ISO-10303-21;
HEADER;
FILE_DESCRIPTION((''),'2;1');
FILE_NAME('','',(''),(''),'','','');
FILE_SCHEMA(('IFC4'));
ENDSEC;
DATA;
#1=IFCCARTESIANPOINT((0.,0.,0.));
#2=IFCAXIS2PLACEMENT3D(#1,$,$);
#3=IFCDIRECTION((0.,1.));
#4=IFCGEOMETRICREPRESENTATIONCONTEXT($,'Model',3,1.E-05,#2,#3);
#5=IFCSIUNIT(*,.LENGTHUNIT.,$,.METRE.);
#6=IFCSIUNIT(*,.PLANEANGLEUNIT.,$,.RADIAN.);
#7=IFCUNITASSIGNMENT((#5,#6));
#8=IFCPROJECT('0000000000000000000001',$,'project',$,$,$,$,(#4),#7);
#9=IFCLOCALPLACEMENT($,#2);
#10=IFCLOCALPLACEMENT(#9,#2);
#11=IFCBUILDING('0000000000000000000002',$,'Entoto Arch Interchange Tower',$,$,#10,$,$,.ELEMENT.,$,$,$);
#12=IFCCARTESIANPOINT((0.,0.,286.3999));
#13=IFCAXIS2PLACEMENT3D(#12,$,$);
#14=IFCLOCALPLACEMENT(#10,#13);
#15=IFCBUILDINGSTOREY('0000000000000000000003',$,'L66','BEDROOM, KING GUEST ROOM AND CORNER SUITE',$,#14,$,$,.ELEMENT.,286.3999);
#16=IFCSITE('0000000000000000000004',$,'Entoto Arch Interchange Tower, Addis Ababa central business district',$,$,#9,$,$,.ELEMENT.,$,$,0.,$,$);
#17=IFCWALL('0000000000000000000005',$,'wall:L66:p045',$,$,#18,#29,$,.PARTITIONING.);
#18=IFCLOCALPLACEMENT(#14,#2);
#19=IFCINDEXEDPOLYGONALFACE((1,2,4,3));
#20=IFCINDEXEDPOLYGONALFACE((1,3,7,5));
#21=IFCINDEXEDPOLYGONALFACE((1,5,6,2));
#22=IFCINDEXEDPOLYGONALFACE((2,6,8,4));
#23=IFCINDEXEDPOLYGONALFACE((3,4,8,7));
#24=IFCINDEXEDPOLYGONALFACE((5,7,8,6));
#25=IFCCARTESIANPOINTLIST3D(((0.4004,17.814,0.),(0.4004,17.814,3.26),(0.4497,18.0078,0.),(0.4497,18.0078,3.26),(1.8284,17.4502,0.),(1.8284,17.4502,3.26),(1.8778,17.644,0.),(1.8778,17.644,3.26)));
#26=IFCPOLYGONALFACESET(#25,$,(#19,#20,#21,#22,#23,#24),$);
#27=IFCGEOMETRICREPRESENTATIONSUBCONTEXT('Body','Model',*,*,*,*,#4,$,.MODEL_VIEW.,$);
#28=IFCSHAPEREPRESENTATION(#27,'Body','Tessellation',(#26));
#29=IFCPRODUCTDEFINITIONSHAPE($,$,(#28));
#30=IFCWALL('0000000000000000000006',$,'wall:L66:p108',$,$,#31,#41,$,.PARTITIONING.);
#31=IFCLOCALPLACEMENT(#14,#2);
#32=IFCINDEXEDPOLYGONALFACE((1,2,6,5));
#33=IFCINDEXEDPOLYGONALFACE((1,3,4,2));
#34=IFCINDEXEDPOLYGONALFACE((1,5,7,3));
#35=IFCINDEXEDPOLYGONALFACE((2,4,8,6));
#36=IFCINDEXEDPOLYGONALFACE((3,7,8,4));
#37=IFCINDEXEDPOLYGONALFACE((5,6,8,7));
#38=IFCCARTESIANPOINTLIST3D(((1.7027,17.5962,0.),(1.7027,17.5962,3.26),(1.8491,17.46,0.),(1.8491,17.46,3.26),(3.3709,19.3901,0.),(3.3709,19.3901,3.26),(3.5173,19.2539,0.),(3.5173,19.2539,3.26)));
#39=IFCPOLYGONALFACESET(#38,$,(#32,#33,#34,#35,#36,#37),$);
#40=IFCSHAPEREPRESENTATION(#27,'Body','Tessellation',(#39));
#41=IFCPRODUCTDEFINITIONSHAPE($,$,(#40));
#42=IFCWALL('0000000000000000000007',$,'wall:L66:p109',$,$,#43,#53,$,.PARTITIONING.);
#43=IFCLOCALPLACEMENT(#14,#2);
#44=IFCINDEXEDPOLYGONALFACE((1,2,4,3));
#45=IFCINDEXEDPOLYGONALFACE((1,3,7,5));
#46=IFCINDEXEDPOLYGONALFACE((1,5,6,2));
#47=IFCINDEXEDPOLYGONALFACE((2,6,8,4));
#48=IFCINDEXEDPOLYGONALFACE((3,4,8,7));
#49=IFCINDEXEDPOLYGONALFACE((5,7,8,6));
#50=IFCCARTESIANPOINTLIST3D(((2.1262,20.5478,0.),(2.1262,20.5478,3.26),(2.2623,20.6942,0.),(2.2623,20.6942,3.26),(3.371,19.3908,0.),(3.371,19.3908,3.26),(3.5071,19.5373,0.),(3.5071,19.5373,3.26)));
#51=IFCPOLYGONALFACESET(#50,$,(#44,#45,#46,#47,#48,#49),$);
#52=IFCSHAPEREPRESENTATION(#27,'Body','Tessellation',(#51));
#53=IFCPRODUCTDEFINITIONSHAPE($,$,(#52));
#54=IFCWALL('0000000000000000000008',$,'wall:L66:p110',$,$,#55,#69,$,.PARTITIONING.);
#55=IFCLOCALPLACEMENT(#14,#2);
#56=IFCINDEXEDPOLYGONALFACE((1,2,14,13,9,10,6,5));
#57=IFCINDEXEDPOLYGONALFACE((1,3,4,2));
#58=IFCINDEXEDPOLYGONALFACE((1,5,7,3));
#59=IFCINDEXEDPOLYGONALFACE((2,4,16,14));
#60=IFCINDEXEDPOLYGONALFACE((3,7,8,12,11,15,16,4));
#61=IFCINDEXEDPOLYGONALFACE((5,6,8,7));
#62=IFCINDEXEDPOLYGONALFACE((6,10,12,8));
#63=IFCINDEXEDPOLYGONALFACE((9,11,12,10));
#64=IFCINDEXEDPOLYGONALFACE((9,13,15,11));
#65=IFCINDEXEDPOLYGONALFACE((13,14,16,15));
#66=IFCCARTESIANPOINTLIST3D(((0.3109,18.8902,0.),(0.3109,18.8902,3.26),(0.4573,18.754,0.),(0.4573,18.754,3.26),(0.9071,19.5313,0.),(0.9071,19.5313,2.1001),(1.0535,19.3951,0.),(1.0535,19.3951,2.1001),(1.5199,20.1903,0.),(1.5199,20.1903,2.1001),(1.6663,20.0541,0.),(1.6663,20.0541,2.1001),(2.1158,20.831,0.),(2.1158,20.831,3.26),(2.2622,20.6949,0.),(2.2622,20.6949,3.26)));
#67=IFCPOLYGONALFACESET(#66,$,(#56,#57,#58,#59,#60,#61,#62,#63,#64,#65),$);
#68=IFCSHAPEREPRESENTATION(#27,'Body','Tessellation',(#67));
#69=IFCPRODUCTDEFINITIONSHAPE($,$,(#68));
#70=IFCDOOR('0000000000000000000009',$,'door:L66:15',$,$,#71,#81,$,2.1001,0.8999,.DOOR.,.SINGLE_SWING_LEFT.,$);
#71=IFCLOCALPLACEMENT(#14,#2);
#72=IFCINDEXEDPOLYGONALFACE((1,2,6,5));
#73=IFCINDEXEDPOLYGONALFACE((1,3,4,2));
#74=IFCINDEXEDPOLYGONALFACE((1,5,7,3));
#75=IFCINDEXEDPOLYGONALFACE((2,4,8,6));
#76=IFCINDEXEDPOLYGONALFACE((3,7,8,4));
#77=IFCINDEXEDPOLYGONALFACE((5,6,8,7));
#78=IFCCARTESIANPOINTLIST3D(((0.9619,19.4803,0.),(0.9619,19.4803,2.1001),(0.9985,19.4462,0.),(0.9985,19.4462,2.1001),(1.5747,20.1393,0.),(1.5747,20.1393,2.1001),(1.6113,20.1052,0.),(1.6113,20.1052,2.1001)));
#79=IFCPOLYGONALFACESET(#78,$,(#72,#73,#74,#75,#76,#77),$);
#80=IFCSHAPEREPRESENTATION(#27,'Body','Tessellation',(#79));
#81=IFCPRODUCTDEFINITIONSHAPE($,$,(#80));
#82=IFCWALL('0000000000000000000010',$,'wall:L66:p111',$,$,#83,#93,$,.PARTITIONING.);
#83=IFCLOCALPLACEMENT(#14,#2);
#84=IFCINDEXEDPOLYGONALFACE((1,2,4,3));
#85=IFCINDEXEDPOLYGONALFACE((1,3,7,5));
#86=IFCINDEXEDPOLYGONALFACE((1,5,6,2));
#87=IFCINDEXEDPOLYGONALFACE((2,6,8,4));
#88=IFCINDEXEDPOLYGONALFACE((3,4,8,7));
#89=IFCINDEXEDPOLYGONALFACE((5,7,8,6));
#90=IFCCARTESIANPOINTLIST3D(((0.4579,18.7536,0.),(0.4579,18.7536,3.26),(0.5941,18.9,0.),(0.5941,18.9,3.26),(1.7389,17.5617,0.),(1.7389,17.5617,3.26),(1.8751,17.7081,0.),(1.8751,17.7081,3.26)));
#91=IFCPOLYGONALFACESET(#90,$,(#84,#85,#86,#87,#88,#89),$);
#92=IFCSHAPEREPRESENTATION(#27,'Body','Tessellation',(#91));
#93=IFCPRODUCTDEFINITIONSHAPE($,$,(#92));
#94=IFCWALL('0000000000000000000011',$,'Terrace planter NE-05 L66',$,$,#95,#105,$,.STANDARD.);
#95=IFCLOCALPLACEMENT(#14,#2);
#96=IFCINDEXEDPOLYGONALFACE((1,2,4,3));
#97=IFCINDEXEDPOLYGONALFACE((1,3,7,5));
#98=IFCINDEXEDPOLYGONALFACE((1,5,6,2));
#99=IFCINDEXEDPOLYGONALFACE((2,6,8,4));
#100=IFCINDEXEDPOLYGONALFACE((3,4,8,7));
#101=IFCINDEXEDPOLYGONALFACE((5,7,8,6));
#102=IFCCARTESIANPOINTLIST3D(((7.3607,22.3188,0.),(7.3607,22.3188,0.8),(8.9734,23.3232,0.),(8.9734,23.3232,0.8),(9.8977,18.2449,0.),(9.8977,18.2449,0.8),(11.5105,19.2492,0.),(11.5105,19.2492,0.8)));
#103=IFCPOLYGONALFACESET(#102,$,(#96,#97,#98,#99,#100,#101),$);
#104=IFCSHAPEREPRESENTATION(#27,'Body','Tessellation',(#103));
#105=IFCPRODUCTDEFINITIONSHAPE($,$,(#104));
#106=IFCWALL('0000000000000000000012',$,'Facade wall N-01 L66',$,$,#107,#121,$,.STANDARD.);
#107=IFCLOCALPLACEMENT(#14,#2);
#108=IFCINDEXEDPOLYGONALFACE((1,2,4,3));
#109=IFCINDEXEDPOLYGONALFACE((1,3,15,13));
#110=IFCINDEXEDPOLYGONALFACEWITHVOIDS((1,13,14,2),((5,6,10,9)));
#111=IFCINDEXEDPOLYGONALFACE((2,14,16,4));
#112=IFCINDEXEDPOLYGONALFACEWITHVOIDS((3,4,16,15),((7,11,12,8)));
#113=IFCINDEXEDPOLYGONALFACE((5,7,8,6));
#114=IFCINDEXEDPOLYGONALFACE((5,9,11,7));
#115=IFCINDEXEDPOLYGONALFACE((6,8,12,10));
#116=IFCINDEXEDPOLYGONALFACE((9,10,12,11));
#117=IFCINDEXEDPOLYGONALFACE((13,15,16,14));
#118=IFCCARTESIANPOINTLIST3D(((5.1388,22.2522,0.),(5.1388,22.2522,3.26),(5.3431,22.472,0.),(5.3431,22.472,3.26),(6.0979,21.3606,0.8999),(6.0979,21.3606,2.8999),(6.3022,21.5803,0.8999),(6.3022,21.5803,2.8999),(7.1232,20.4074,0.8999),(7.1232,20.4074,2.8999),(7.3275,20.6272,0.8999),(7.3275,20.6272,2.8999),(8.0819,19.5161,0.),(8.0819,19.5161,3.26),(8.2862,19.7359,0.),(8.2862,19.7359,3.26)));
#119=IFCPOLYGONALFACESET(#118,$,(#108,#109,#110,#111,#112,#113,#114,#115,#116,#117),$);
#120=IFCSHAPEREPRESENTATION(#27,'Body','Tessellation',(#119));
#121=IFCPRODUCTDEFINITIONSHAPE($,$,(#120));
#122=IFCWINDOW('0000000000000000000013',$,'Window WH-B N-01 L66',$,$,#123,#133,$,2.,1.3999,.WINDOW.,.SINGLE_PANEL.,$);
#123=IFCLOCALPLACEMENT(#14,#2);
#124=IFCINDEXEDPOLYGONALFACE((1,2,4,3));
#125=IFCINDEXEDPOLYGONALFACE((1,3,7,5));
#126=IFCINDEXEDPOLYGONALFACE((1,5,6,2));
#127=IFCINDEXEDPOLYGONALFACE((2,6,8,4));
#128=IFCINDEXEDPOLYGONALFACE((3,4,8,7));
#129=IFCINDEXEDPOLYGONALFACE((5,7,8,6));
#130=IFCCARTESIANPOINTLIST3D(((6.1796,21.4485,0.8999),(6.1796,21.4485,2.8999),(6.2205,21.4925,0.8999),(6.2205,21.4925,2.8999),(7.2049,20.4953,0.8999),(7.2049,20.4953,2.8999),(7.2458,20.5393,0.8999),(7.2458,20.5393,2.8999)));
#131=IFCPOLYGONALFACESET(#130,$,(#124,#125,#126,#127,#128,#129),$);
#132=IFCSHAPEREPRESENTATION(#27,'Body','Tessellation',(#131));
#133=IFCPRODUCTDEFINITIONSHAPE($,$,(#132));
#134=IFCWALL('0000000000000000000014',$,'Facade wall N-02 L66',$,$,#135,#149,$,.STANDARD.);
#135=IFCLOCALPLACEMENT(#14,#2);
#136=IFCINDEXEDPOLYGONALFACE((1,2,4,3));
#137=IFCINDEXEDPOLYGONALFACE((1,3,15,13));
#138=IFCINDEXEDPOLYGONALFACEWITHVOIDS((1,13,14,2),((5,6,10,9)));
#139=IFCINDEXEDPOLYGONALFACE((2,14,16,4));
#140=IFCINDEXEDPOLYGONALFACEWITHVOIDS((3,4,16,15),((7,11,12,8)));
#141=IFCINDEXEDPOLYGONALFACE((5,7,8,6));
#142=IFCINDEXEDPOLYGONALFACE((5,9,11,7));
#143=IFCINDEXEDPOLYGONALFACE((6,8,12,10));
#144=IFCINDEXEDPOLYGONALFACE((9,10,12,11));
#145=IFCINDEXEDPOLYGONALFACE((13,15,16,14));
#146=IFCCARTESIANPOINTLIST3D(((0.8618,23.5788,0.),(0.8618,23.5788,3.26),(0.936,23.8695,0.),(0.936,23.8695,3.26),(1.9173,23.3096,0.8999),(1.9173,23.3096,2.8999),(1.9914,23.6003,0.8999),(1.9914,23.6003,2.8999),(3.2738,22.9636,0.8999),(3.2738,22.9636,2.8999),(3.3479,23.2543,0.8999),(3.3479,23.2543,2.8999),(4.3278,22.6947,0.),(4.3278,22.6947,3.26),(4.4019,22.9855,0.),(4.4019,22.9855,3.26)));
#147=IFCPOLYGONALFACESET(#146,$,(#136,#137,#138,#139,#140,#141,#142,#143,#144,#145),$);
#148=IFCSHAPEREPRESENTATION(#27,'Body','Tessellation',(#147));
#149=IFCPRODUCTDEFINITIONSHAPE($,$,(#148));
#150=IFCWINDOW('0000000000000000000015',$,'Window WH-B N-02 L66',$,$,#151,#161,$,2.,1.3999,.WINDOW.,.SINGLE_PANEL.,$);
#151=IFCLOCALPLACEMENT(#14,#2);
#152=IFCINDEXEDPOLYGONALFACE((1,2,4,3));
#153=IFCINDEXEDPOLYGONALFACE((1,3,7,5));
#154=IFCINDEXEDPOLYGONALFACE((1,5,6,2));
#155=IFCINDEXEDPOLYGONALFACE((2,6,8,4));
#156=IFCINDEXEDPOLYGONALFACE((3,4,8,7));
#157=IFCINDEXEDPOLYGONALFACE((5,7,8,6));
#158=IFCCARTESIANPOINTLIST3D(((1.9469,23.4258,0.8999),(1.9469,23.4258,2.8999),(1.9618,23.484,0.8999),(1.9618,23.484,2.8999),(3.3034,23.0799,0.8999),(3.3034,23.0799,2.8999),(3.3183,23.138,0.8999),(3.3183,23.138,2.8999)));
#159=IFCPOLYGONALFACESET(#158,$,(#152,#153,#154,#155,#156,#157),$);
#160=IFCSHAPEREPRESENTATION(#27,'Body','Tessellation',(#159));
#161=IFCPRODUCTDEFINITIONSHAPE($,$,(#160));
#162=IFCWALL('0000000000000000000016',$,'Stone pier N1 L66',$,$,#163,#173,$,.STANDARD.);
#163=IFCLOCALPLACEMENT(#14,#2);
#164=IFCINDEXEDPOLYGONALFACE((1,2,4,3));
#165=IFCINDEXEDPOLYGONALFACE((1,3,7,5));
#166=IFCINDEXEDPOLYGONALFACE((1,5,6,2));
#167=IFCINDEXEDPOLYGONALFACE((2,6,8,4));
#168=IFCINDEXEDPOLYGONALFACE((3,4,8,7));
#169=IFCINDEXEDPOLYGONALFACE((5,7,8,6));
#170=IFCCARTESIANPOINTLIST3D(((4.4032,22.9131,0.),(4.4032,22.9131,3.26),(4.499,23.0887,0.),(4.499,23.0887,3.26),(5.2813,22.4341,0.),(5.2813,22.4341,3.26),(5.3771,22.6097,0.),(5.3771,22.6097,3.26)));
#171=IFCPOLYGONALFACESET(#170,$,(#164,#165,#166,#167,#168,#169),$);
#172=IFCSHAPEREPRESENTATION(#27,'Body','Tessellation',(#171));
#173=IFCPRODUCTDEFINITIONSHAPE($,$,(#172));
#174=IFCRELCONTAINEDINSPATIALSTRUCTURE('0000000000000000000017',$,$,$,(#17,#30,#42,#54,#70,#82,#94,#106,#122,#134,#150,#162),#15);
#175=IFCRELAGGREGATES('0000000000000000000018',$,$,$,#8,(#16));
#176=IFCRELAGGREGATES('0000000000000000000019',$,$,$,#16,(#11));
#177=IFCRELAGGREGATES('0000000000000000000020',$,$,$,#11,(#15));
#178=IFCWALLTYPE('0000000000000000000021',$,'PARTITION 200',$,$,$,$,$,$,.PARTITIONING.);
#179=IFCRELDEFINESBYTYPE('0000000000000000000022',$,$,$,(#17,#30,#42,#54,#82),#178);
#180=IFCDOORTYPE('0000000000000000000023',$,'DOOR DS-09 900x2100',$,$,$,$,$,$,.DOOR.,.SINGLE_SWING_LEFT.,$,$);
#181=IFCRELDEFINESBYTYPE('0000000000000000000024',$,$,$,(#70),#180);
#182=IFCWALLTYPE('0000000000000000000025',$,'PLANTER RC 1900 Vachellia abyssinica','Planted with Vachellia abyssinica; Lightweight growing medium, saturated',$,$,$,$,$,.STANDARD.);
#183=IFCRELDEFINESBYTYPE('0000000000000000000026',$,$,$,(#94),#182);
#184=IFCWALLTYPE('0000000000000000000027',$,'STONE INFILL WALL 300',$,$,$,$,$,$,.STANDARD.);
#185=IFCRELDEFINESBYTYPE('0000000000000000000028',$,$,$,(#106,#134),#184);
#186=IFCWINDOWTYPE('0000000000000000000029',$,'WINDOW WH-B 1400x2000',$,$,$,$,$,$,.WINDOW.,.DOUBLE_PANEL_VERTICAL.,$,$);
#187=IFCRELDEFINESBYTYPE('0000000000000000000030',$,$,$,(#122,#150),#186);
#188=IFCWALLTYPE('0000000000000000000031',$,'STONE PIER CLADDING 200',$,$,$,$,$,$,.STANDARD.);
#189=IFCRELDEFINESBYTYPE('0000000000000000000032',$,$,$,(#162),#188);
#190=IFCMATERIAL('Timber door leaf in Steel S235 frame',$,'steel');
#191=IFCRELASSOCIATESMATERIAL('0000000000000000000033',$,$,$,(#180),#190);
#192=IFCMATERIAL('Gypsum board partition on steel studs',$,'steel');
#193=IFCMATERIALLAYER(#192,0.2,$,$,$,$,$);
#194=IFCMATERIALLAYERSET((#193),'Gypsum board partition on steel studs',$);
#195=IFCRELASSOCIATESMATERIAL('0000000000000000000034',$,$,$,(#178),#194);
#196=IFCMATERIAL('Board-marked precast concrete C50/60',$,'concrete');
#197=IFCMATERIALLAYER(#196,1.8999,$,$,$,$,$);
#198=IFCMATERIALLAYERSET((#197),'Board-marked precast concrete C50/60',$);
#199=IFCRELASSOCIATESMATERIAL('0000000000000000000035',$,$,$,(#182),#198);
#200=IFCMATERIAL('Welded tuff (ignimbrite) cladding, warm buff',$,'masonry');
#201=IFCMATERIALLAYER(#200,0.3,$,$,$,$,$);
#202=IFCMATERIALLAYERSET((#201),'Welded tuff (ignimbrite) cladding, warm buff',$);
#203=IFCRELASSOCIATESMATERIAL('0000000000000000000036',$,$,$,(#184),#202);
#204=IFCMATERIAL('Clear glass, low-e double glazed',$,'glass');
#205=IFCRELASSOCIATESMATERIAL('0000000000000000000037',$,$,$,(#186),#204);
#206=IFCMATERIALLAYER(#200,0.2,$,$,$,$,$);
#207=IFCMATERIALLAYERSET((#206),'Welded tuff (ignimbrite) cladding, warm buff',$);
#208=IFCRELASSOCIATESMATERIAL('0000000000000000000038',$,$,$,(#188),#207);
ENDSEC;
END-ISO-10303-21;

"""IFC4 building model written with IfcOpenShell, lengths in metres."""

from ifc_helpers import new_model, si_unit, direction, frame, frame_2d, origin, place, context, subcontext, project, spatial, rectangle, extrude, material, layer, layer_set, type_object, element, fill, save


model = new_model("IFC4")

# Units and contexts
model_context = context("Model", 3, precision=1e-05, world=origin(), true_north=direction((0.0, 1.0)))
body_context = subcontext(model_context, "Body", "Model", "MODEL_VIEW")
ifc_project = project(units=[si_unit("LENGTHUNIT", "METRE"), si_unit("PLANEANGLEUNIT", "RADIAN")], contexts=[model_context])

# Site, building, storey
site_placement = place(None, origin())
site = spatial("IfcSite", under=ifc_project, at=site_placement, Name="Entoto Arch Interchange Tower, Addis Ababa central business district", CompositionType="ELEMENT", RefElevation=0.0)
building_placement = place(site_placement, origin())
building = spatial("IfcBuilding", under=site, at=building_placement, Name="Entoto Arch Interchange Tower", CompositionType="ELEMENT")
storey_placement = place(building_placement, frame((0.0, 0.0, 286.3999)))
storey = spatial("IfcBuildingStorey", under=building, at=storey_placement, Name="L66", Description="BEDROOM, KING GUEST ROOM AND CORNER SUITE", CompositionType="ELEMENT", Elevation=286.3999)

# Shared definitions
ifc_material_1 = material(Name="Gypsum board partition on steel studs", Category="steel")
ifc_material_2 = material(Name="Timber door leaf in Steel S235 frame", Category="steel")
door_type_1 = type_object("IfcDoorType", Name="DOOR DS-09 900x2100", OperationType="SINGLE_SWING_LEFT", PredefinedType="DOOR", material=ifc_material_2)

# Shared definitions
ifc_layer_1 = layer(ifc_material_1, 0.2)
ifc_layer_set_1 = layer_set([ifc_layer_1], Name="Gypsum board partition on steel studs")
wall_type_1 = type_object("IfcWallType", Name="PARTITION 200", PredefinedType="PARTITIONING", material=ifc_layer_set_1)

# Walls
wall_1_placement = place(storey_placement, frame((0.425, 17.9109, 0.0), z_axis=(0.0, 0.0, 1.0), x_axis=(0.969051, -0.24686, 0.0)))
element("IfcWall", 1, at=wall_1_placement, inside=storey, type_object=wall_type_1, Name="wall:L66:p045", PredefinedType="PARTITIONING", context=body_context, shape_type="SweptSolid", body=[
    extrude(rectangle(XDim=1.4736, YDim=0.2, at=frame_2d((0.7368, 0.0))), origin(), (0.0, 0.0, 1.0), 3.26),
])
wall_2_placement = place(storey_placement, frame((1.7759, 17.5281, 0.0), z_axis=(0.0, 0.0, 1.0), x_axis=(0.680978, 0.732303, 0.0)))
element("IfcWall", 2, at=wall_2_placement, inside=storey, type_object=wall_type_1, Name="wall:L66:p108", PredefinedType="PARTITIONING", context=body_context, shape_type="SweptSolid", body=[
    extrude(rectangle(XDim=2.4497, YDim=0.2, at=frame_2d((1.2249, 0.0))), origin(), (0.0, 0.0, 1.0), 3.26),
])
wall_3_placement = place(storey_placement, frame((3.439, 19.4641, 0.0), z_axis=(0.0, 0.0, 1.0), x_axis=(-0.732492, 0.680776, 0.0)))
element("IfcWall", 3, at=wall_3_placement, inside=storey, type_object=wall_type_1, Name="wall:L66:p109", PredefinedType="PARTITIONING", context=body_context, shape_type="SweptSolid", body=[
    extrude(rectangle(XDim=1.6995, YDim=0.2, at=frame_2d((0.8496, 0.0))), origin(), (0.0, 0.0, 1.0), 3.26),
])

# Wall, opening, door
wall_4_placement = place(storey_placement, frame((2.189, 20.7629, 0.0), z_axis=(0.0, 0.0, 1.0), x_axis=(-0.680988, -0.732295, 0.0)))
wall_4 = element("IfcWall", 4, at=wall_4_placement, inside=storey, type_object=wall_type_1, Name="wall:L66:p110", PredefinedType="PARTITIONING", context=body_context, shape_type="SweptSolid", body=[
    extrude(rectangle(XDim=2.6504, YDim=0.2, at=frame_2d((1.3252, 0.0))), origin(), (0.0, 0.0, 1.0), 3.26),
])
opening_1_placement = place(wall_4_placement, frame((0.875, 0.0, 0.0)))
opening_1 = element("IfcOpeningElement", 5, at=opening_1_placement, cuts=wall_4, PredefinedType="OPENING", context=body_context, shape_type="SweptSolid", body=[
    extrude(rectangle(XDim=0.8999, YDim=2.1001, at=frame_2d((0.45, 1.05))), frame((0.0, 0.1099, 0.0), z_axis=(0.0, -1.0, 0.0), x_axis=(1.0, 0.0, 0.0)), (0.0, 0.0, 1.0), 0.22),
])
door_1_placement = place(opening_1_placement, origin())
door_1 = element("IfcDoor", 6, at=door_1_placement, inside=storey, type_object=door_type_1, Name="door:L66:15", OperationType="SINGLE_SWING_LEFT", OverallHeight=2.1001, OverallWidth=0.8999, PredefinedType="DOOR", context=body_context, shape_type="SweptSolid", body=[
    extrude(rectangle(XDim=0.8999, YDim=2.1001, at=frame_2d((0.45, 1.05))), frame((0.0, 0.0249, 0.0), z_axis=(0.0, -1.0, 0.0), x_axis=(1.0, 0.0, 0.0)), (0.0, 0.0, 1.0), 0.05),
])
fill(opening_1, door_1)

# Walls
wall_5_placement = place(storey_placement, frame((0.5259, 18.8269, 0.0), z_axis=(0.0, 0.0, 1.0), x_axis=(0.732112, -0.681184, 0.0)))
element("IfcWall", 7, at=wall_5_placement, inside=storey, type_object=wall_type_1, Name="wall:L66:p111", PredefinedType="PARTITIONING", context=body_context, shape_type="SweptSolid", body=[
    extrude(rectangle(XDim=1.7498, YDim=0.2, at=frame_2d((0.875, 0.0))), origin(), (0.0, 0.0, 1.0), 3.26),
])
ifc_material_3 = material(Name="Board-marked precast concrete C50/60", Category="concrete")
ifc_layer_2 = layer(ifc_material_3, 1.8999)
ifc_layer_set_2 = layer_set([ifc_layer_2], Name="Board-marked precast concrete C50/60")
wall_type_2 = type_object("IfcWallType", Name="PLANTER RC 1900 Vachellia abyssinica", Description="Planted with Vachellia abyssinica; Lightweight growing medium, saturated", PredefinedType="STANDARD", material=ifc_layer_set_2)
wall_6_placement = place(storey_placement, frame((10.7041, 18.7471, 0.0), z_axis=(0.0, 0.0, 1.0), x_axis=(-0.528631, 0.848852, 0.0)))
element("IfcWall", 8, at=wall_6_placement, inside=storey, type_object=wall_type_2, Name="Terrace planter NE-05 L66", PredefinedType="STANDARD", context=body_context, shape_type="SweptSolid", body=[
    extrude(rectangle(XDim=4.7993, YDim=1.8999, at=frame_2d((2.3997, 0.0))), origin(), (0.0, 0.0, 1.0), 0.8),
])

# Walls, openings, windows
ifc_material_4 = material(Name="Welded tuff (ignimbrite) cladding, warm buff", Category="masonry")
ifc_layer_3 = layer(ifc_material_4, 0.3)
ifc_layer_set_3 = layer_set([ifc_layer_3], Name="Welded tuff (ignimbrite) cladding, warm buff")
wall_type_3 = type_object("IfcWallType", Name="STONE INFILL WALL 300", PredefinedType="STANDARD", material=ifc_layer_set_3)
wall_7_placement = place(storey_placement, frame((8.1841, 19.626, 0.0), z_axis=(0.0, 0.0, 1.0), x_axis=(-0.732397, 0.680877, 0.0)))
wall_7 = element("IfcWall", 9, at=wall_7_placement, inside=storey, type_object=wall_type_3, Name="Facade wall N-01 L66", PredefinedType="STANDARD", context=body_context, shape_type="SweptSolid", body=[
    extrude(rectangle(XDim=4.0186, YDim=0.3, at=frame_2d((2.0093, 0.0))), origin(), (0.0, 0.0, 1.0), 3.26),
])
opening_2_placement = place(wall_7_placement, frame((1.3091, 0.0, 0.8999)))
opening_2 = element("IfcOpeningElement", 10, at=opening_2_placement, cuts=wall_7, PredefinedType="OPENING", context=body_context, shape_type="SweptSolid", body=[
    extrude(rectangle(XDim=1.3999, YDim=2.0, at=frame_2d((0.7, 1.0))), frame((0.0, 0.1602, 0.0), z_axis=(0.0, -1.0, 0.0), x_axis=(1.0, 0.0, 0.0)), (0.0, 0.0, 1.0), 0.3201),
])
ifc_material_5 = material(Name="Clear glass, low-e double glazed", Category="glass")
window_type = type_object("IfcWindowType", Name="WINDOW WH-B 1400x2000", PartitioningType="DOUBLE_PANEL_VERTICAL", PredefinedType="WINDOW", material=ifc_material_5)
window_1_placement = place(opening_2_placement, origin())
window_1 = element("IfcWindow", 11, at=window_1_placement, inside=storey, type_object=window_type, Name="Window WH-B N-01 L66", OverallHeight=2.0, OverallWidth=1.3999, PartitioningType="SINGLE_PANEL", PredefinedType="WINDOW", context=body_context, shape_type="SweptSolid", body=[
    extrude(rectangle(XDim=1.3999, YDim=2.0, at=frame_2d((0.7, 1.0))), frame((0.0, 0.03, 0.0), z_axis=(0.0, -1.0, 0.0), x_axis=(1.0, 0.0, 0.0)), (0.0, 0.0, 1.0), 0.0601),
])
fill(opening_2, window_1)
wall_8_placement = place(storey_placement, frame((4.365, 22.8401, 0.0), z_axis=(0.0, 0.0, 1.0), x_axis=(-0.968979, 0.247142, 0.0)))
wall_8 = element("IfcWall", 12, at=wall_8_placement, inside=storey, type_object=wall_type_3, Name="Facade wall N-02 L66", PredefinedType="STANDARD", context=body_context, shape_type="SweptSolid", body=[
    extrude(rectangle(XDim=3.5769, YDim=0.3, at=frame_2d((1.7886, 0.0))), origin(), (0.0, 0.0, 1.0), 3.26),
])
opening_3_placement = place(wall_8_placement, frame((1.0879, 0.0, 0.8999)))
opening_3 = element("IfcOpeningElement", 13, at=opening_3_placement, cuts=wall_8, PredefinedType="OPENING", context=body_context, shape_type="SweptSolid", body=[
    extrude(rectangle(XDim=1.3999, YDim=2.0, at=frame_2d((0.7, 1.0))), frame((0.0, 0.1602, 0.0), z_axis=(0.0, -1.0, 0.0), x_axis=(1.0, 0.0, 0.0)), (0.0, 0.0, 1.0), 0.3201),
])
window_2_placement = place(opening_3_placement, origin())
window_2 = element("IfcWindow", 14, at=window_2_placement, inside=storey, type_object=window_type, Name="Window WH-B N-02 L66", OverallHeight=2.0, OverallWidth=1.3999, PartitioningType="SINGLE_PANEL", PredefinedType="WINDOW", context=body_context, shape_type="SweptSolid", body=[
    extrude(rectangle(XDim=1.3999, YDim=2.0, at=frame_2d((0.7, 1.0))), frame((0.0, 0.03, 0.0), z_axis=(0.0, -1.0, 0.0), x_axis=(1.0, 0.0, 0.0)), (0.0, 0.0, 1.0), 0.0601),
])
fill(opening_3, window_2)

# Wall
ifc_layer_4 = layer(ifc_material_4, 0.2)
ifc_layer_set_4 = layer_set([ifc_layer_4], Name="Welded tuff (ignimbrite) cladding, warm buff")
wall_type_4 = type_object("IfcWallType", Name="STONE PIER CLADDING 200", PredefinedType="STANDARD", material=ifc_layer_set_4)
for number, where, z_axis, x_axis, name in (
    (15, (5.3291, 22.522, 0.0), (0.0, 0.0, 1.0), (-0.877896, 0.478852, 0.0), "Stone pier N1 L66"),
):
    element("IfcWall", number, at=place(storey_placement, frame(where, z_axis=z_axis, x_axis=x_axis)), inside=storey, type_object=wall_type_4, Name=name, PredefinedType="STANDARD", context=body_context, shape_type="SweptSolid", body=[
        extrude(rectangle(XDim=1.0002, YDim=0.2, at=frame_2d((0.5, 0.0))), origin(), (0.0, 0.0, 1.0), 3.26),
    ])

save(model, "model.ifc")
